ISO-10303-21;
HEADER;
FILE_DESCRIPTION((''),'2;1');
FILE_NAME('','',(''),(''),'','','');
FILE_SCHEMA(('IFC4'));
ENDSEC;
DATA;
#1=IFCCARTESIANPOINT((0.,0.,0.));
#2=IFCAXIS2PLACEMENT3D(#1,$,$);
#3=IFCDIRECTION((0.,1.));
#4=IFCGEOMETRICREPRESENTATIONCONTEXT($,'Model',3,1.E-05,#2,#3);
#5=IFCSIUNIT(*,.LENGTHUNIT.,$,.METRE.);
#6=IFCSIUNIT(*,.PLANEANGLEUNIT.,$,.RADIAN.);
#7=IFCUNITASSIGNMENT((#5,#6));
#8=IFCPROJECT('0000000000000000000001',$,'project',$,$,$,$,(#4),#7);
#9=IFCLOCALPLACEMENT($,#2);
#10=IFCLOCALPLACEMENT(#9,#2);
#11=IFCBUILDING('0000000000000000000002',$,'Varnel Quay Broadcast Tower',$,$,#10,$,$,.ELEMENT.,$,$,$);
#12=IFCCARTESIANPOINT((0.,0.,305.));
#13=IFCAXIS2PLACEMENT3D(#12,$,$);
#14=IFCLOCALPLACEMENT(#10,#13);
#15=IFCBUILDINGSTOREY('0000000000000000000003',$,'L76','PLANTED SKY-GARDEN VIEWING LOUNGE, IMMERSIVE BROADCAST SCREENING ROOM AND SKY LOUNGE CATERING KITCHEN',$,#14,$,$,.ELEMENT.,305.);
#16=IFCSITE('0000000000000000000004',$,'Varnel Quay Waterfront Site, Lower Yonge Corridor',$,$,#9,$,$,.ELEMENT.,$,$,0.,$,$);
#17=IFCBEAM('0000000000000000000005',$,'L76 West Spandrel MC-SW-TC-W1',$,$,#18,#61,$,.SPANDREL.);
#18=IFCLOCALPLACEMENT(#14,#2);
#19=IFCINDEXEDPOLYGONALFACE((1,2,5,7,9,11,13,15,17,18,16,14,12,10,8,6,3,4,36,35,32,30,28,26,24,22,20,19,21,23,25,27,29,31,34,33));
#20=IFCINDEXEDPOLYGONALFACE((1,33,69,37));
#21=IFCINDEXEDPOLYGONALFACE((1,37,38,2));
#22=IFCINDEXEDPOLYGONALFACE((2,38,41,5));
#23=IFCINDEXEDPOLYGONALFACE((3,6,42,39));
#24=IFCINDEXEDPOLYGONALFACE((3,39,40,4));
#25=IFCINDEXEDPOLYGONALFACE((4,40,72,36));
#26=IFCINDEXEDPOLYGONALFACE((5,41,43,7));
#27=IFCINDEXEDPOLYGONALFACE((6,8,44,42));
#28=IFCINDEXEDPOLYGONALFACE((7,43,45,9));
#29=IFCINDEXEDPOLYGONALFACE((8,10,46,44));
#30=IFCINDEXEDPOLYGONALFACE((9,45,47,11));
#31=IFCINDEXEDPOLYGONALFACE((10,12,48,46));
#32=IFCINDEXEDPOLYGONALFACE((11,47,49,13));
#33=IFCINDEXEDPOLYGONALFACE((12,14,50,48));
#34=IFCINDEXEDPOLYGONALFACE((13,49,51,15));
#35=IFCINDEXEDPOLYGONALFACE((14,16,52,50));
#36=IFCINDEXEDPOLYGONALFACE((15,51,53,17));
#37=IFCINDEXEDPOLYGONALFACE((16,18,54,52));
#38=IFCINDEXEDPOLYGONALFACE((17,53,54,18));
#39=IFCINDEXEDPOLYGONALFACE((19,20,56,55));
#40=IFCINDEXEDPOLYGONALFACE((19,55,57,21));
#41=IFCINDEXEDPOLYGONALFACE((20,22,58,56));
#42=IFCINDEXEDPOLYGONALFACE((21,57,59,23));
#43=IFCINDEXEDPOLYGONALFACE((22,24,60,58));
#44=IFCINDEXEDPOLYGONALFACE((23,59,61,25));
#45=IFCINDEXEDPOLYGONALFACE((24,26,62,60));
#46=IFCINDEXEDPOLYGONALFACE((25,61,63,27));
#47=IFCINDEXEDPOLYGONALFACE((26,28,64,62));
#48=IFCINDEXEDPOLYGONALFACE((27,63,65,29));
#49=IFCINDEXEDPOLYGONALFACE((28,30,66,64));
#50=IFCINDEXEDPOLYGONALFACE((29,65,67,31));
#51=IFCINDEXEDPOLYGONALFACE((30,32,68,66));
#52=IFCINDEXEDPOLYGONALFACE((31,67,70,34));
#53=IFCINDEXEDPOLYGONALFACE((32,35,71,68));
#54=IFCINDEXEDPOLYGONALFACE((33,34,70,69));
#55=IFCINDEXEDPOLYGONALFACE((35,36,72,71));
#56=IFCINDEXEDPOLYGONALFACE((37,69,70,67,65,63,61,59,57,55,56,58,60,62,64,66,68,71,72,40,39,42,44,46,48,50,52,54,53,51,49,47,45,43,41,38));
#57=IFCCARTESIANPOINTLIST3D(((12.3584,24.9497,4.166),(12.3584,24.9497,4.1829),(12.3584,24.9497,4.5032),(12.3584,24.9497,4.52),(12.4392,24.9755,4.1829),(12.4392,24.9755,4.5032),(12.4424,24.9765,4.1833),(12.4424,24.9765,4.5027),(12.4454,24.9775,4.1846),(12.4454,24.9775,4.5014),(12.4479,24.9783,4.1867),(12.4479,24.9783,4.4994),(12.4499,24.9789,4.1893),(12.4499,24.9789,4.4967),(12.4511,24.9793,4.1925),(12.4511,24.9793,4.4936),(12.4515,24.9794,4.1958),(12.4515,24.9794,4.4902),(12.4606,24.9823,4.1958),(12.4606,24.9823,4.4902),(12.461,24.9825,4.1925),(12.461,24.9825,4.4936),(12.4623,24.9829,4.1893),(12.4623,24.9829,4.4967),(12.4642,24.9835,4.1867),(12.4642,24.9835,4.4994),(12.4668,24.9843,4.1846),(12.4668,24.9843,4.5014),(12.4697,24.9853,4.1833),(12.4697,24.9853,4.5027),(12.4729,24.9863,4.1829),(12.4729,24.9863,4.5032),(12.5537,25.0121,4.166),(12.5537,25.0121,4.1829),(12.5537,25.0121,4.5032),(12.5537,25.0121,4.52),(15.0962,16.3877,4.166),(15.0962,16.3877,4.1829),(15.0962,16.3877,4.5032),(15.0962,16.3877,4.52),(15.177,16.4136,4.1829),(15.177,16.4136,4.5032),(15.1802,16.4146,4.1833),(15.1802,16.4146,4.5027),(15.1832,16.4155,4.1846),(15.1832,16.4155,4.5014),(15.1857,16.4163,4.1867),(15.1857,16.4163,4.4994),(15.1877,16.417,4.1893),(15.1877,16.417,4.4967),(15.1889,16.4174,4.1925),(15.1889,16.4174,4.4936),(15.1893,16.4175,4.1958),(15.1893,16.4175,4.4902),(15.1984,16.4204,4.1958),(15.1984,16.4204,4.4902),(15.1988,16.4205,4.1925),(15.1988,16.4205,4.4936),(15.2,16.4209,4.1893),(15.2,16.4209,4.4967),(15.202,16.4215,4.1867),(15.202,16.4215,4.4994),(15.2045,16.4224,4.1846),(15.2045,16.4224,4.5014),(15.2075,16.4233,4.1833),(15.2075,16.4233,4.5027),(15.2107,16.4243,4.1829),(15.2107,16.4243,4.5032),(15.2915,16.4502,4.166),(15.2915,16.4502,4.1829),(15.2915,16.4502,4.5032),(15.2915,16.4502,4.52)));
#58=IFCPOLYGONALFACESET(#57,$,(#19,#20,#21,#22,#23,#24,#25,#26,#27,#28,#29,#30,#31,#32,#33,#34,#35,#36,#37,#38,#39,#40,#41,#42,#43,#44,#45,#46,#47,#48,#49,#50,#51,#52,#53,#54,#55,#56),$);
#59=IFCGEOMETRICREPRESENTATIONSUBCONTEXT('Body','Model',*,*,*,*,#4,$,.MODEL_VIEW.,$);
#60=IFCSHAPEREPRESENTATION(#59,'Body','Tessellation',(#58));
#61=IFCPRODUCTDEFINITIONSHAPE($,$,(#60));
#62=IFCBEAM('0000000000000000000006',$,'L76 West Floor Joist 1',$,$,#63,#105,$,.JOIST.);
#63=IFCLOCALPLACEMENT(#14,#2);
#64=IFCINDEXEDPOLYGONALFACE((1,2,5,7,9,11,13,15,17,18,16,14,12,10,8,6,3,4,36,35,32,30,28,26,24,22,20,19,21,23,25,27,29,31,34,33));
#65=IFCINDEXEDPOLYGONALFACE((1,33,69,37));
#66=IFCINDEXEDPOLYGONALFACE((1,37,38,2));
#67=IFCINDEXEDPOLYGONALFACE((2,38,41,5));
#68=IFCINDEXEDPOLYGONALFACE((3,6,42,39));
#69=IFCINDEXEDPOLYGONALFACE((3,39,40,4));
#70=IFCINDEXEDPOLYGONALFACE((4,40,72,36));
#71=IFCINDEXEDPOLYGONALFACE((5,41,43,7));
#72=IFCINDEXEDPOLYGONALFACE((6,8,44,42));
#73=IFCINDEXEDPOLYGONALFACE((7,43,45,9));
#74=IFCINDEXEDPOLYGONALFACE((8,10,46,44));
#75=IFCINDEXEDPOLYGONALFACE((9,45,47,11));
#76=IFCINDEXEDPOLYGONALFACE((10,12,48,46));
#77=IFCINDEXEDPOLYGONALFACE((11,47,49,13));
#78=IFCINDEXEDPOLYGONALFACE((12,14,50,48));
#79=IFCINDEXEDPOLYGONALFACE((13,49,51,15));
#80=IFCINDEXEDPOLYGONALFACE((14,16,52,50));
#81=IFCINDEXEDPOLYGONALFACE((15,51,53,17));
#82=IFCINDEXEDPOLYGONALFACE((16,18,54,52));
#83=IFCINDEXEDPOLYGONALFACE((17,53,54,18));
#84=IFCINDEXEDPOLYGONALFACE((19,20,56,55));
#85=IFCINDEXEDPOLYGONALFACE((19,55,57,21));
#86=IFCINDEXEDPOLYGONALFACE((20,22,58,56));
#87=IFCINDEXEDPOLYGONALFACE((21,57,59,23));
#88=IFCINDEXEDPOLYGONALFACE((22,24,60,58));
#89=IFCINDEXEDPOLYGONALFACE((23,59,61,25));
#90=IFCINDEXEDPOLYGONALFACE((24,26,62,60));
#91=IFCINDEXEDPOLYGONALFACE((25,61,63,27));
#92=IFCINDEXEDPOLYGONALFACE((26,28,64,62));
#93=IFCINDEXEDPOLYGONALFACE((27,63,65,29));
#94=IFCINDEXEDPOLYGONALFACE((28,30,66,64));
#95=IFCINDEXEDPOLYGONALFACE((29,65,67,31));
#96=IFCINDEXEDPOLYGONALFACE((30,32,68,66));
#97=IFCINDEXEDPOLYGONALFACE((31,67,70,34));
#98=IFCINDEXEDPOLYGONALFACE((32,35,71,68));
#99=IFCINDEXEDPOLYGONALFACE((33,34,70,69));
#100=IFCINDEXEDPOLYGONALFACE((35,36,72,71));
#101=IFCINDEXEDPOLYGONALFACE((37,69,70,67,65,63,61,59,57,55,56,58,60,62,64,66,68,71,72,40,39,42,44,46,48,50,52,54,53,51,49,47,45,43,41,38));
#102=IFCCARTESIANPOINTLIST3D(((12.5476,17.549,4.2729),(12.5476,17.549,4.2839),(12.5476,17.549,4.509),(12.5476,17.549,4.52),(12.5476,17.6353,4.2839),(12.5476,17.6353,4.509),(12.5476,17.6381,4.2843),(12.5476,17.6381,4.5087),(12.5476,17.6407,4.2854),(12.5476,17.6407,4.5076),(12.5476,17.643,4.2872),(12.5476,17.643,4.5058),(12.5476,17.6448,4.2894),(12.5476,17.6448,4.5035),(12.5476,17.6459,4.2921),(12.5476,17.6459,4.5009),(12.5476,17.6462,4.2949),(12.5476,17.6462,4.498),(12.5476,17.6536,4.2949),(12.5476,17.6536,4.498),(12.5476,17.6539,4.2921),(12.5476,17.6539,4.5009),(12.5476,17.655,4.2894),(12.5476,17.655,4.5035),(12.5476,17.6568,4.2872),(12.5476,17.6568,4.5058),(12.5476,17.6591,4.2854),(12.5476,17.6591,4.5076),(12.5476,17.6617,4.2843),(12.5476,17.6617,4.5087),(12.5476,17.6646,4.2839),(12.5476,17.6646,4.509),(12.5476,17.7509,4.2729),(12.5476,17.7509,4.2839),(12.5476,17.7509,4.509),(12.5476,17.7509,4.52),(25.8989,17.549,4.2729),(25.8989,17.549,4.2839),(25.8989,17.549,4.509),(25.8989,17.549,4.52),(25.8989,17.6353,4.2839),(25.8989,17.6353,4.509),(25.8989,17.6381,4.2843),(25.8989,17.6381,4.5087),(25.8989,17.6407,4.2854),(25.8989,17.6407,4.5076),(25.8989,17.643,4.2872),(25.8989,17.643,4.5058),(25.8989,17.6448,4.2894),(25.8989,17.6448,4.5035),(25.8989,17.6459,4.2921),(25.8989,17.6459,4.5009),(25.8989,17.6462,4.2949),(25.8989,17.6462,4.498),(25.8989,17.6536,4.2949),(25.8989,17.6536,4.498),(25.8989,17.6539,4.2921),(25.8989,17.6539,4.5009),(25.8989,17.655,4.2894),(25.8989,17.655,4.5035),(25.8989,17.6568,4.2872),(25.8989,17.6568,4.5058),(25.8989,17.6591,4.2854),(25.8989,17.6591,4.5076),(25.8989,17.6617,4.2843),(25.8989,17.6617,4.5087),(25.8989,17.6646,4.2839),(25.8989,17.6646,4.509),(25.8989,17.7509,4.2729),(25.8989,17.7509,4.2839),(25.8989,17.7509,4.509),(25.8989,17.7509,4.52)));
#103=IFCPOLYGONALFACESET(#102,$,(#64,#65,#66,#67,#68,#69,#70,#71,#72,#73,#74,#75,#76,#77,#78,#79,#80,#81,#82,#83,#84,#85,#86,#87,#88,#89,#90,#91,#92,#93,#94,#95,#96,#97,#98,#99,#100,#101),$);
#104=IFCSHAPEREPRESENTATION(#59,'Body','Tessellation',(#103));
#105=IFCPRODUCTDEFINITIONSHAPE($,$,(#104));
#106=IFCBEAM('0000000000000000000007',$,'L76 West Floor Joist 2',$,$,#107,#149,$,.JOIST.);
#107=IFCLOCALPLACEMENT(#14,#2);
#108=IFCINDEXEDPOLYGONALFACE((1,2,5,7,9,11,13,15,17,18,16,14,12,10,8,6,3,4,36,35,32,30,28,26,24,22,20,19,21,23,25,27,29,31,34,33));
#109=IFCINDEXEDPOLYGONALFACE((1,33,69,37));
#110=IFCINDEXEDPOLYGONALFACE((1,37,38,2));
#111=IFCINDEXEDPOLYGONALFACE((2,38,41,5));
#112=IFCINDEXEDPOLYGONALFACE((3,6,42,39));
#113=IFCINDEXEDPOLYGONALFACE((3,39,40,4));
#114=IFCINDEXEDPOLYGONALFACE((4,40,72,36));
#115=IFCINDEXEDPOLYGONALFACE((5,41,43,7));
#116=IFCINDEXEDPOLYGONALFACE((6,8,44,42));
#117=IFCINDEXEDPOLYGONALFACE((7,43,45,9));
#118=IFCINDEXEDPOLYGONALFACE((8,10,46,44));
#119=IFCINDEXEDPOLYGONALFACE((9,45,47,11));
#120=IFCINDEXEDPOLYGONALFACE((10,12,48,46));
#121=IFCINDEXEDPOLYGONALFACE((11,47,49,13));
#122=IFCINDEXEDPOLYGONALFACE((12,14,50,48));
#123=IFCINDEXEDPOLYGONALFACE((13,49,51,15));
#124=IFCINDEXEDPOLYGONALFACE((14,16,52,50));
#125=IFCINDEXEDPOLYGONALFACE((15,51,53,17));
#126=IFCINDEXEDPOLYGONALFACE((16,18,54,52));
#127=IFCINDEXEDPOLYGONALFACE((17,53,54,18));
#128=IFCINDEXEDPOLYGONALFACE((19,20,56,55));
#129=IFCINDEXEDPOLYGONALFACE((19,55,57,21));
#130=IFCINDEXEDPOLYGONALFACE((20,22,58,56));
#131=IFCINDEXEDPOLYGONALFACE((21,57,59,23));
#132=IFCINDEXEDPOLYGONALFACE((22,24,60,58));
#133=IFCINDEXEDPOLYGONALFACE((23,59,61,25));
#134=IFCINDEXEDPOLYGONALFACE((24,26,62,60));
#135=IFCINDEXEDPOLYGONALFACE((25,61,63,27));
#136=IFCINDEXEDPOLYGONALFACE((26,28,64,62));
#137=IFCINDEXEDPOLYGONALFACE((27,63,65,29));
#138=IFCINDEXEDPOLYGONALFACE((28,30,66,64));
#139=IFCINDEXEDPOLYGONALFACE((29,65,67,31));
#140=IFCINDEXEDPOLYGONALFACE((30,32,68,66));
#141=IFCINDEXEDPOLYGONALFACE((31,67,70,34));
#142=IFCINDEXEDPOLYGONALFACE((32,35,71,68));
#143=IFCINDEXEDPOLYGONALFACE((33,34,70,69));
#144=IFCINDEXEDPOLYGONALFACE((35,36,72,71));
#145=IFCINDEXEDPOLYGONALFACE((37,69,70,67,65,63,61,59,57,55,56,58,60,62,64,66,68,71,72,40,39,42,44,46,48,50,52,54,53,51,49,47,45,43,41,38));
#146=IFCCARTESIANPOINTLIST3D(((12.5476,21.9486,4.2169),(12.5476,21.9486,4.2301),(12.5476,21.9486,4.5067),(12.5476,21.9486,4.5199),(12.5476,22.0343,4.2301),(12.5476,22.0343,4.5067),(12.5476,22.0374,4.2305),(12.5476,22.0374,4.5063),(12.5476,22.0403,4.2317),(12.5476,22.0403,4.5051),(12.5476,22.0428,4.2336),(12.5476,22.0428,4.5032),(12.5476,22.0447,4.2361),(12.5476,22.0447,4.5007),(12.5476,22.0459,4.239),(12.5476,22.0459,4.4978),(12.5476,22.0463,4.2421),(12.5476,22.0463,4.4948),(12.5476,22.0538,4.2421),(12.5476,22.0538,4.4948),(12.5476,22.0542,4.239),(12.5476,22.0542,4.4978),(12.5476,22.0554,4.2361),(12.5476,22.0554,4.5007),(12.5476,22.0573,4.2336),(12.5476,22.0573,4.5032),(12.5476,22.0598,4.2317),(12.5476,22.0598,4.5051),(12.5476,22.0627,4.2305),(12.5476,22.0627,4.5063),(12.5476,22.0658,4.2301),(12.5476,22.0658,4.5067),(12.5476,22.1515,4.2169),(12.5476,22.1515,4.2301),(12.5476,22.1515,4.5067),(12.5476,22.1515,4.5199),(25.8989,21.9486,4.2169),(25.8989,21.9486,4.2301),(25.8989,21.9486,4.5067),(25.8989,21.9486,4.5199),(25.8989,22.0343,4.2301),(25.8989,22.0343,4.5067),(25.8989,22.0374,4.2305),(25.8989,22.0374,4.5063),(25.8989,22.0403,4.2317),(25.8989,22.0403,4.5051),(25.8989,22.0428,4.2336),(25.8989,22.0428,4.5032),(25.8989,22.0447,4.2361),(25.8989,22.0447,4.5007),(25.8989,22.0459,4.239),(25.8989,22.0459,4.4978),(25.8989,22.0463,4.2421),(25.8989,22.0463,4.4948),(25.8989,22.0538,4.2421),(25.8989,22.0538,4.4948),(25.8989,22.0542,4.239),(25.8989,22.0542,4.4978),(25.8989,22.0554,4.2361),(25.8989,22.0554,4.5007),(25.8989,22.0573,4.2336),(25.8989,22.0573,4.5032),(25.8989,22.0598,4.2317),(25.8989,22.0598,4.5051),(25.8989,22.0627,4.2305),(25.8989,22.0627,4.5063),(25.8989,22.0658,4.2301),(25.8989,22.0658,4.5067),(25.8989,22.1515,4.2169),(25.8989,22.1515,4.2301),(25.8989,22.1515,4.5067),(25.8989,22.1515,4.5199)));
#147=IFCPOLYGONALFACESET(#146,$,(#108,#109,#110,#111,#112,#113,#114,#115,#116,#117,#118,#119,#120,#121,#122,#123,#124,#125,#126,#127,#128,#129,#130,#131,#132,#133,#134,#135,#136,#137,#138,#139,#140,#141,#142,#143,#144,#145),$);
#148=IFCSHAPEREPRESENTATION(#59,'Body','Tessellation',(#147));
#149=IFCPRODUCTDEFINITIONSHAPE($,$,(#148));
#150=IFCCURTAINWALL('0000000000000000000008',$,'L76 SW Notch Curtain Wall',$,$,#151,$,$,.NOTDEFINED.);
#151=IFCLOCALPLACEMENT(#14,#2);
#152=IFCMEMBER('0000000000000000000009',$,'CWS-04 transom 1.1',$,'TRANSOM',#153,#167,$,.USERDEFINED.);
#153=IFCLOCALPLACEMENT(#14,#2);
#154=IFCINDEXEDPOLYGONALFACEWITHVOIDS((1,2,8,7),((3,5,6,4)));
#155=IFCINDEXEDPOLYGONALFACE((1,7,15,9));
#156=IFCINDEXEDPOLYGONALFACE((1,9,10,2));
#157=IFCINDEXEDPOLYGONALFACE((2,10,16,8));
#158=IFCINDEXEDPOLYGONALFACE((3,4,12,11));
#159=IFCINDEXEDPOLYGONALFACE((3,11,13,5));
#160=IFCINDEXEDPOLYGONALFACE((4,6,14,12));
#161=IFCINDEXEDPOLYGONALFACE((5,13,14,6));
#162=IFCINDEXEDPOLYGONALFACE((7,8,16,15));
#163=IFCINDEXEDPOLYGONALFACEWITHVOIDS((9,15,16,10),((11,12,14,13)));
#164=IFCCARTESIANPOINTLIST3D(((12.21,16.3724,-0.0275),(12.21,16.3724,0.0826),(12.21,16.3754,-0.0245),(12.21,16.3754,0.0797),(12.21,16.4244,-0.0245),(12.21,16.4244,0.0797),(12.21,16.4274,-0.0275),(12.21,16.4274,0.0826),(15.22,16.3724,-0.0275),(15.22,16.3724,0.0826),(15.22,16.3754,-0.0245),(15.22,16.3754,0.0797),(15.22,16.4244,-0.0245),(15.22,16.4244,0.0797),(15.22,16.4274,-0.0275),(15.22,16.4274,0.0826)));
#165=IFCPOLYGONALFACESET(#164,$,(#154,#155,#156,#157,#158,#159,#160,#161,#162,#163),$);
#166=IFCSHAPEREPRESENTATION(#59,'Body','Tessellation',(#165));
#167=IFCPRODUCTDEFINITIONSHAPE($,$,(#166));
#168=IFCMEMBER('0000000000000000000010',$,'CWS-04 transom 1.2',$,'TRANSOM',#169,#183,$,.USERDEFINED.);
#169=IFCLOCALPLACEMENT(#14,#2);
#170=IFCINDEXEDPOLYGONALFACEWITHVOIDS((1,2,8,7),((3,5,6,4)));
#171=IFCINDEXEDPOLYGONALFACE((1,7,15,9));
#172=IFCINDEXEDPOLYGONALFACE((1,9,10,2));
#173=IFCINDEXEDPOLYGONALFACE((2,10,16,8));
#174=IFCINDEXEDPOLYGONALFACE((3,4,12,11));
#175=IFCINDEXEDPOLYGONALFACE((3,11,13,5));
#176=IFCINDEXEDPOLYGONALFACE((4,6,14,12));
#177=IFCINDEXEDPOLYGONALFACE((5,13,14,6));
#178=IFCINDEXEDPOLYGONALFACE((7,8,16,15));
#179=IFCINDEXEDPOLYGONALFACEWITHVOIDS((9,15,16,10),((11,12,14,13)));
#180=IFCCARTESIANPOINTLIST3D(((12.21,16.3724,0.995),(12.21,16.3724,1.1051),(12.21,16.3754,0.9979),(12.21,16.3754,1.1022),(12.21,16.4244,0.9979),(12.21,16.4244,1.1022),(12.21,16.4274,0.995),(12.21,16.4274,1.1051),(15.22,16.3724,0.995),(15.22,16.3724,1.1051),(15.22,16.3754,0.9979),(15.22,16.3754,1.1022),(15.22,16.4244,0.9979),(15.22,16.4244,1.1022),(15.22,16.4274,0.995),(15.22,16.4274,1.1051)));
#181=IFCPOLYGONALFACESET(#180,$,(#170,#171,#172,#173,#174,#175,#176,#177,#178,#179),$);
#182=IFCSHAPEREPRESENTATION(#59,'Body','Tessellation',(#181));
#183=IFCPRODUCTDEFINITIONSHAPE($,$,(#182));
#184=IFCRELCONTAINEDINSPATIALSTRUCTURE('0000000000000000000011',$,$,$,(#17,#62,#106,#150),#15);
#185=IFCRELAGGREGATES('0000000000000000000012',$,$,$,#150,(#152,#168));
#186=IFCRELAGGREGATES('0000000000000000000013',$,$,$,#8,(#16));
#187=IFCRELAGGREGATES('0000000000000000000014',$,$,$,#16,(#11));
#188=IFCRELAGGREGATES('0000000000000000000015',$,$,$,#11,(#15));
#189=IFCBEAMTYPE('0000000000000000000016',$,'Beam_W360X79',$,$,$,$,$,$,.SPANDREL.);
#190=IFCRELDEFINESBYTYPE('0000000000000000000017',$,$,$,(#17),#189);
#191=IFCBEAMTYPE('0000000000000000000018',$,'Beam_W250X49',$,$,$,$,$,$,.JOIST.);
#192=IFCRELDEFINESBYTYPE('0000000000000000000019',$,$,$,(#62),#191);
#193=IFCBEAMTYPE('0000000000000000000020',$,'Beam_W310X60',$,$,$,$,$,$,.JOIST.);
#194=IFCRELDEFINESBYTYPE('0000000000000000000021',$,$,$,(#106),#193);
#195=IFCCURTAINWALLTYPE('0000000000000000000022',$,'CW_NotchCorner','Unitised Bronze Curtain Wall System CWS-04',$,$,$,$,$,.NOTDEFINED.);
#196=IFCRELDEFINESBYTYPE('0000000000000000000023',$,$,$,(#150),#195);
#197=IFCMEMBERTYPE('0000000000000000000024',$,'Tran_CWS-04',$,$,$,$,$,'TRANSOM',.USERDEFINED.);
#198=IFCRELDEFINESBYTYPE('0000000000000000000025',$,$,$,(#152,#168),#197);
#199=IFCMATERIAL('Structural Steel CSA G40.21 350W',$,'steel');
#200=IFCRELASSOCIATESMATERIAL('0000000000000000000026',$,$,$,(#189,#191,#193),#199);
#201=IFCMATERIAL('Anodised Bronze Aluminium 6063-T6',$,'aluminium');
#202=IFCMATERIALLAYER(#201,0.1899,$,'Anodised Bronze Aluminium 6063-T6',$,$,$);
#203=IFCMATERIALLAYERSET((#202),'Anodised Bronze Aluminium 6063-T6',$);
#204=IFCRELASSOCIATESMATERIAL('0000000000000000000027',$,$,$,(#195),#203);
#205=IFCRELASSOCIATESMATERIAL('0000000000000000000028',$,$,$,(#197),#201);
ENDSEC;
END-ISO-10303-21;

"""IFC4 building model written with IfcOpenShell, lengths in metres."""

from ifc_helpers import new_model, si_unit, direction, frame, origin, origin_2d, place, context, subcontext, project, spatial, hollow_rectangle, i_section, extrude, source, transform, mapped, material, layer, layer_set, material_profile, profile_set, type_object, type_shapes, element, aggregate, save


model = new_model("IFC4")

# Units and contexts
model_context = context("Model", 3, precision=1e-05, world=origin(), true_north=direction((0.0, 1.0)))
body_context = subcontext(model_context, "Body", "Model", "MODEL_VIEW")
ifc_project = project(units=[si_unit("LENGTHUNIT", "METRE"), si_unit("PLANEANGLEUNIT", "RADIAN")], contexts=[model_context])

# Site, building, storey
site_placement = place(None, origin())
site = spatial("IfcSite", under=ifc_project, at=site_placement, Name="Varnel Quay Waterfront Site, Lower Yonge Corridor", CompositionType="ELEMENT", RefElevation=0.0)
building_placement = place(site_placement, origin())
building = spatial("IfcBuilding", under=site, at=building_placement, Name="Varnel Quay Broadcast Tower", CompositionType="ELEMENT")
storey_placement = place(building_placement, frame((0.0, 0.0, 305.0)))
storey = spatial("IfcBuildingStorey", under=building, at=storey_placement, Name="L76", Description="PLANTED SKY-GARDEN VIEWING LOUNGE, IMMERSIVE BROADCAST SCREENING ROOM AND SKY LOUNGE CATERING KITCHEN", CompositionType="ELEMENT", Elevation=305.0)

# Beams
ifc_material_1 = material(Name="Structural Steel CSA G40.21 350W", Category="steel")
ifc_material_profile_1 = material_profile(ifc_material_1, i_section(OverallWidth=0.2051, OverallDepth=0.354, WebThickness=0.0095, FlangeThickness=0.0168, FilletRadius=0.0129, at=origin_2d()), Name="W360X79")
ifc_profile_set_1 = profile_set([ifc_material_profile_1], Name="Structural Steel CSA G40.21 350W")
beam_type_1 = type_object("IfcBeamType", Name="Beam_W360X79", PredefinedType="SPANDREL", material=ifc_profile_set_1)
shared_shape_1 = source(origin(), body_context, "Body", "SweptSolid", [
    extrude(i_section(OverallWidth=0.2051, OverallDepth=0.354, WebThickness=0.0095, FlangeThickness=0.0168, FilletRadius=0.0129, at=origin_2d()), origin(), (0.0, 0.0, 1.0), 8.989),
])
type_shapes(beam_type_1, [shared_shape_1])
beam_1_placement = place(storey_placement, frame((15.1938, 16.4189, 4.343), z_axis=(-0.304569, 0.95249, 0.0), x_axis=(-0.95249, -0.304569, 0.0)))
element("IfcBeam", 1, at=beam_1_placement, inside=storey, type_object=beam_type_1, Name="L76 West Spandrel MC-SW-TC-W1", PredefinedType="SPANDREL", context=body_context, shape_type="MappedRepresentation", body=[
    mapped(shared_shape_1, transform((0.0, 0.0, 0.0), x_axis=(1.0, 0.0, 0.0), y_axis=(0.0, 1.0, 0.0), z_axis=(0.0, 0.0, 1.0), scale=1.0)),
])
ifc_material_profile_2 = material_profile(ifc_material_1, i_section(OverallWidth=0.2019, OverallDepth=0.2471, WebThickness=0.0073, FlangeThickness=0.011, FilletRadius=0.011, at=origin_2d()), Name="W250X49")
ifc_profile_set_2 = profile_set([ifc_material_profile_2], Name="Structural Steel CSA G40.21 350W")
beam_type_2 = type_object("IfcBeamType", Name="Beam_W250X49", PredefinedType="JOIST", material=ifc_profile_set_2)
shared_shape_2 = source(origin(), body_context, "Body", "SweptSolid", [
    extrude(i_section(OverallWidth=0.2019, OverallDepth=0.2471, WebThickness=0.0073, FlangeThickness=0.011, FilletRadius=0.011, at=origin_2d()), origin(), (0.0, 0.0, 1.0), 13.3513),
])
type_shapes(beam_type_2, [shared_shape_2])
beam_2_placement = place(storey_placement, frame((12.5476, 17.6499, 4.3965), z_axis=(1.0, 0.0, 0.0), x_axis=(0.0, 1.0, 0.0)))
element("IfcBeam", 2, at=beam_2_placement, inside=storey, type_object=beam_type_2, Name="L76 West Floor Joist 1", PredefinedType="JOIST", context=body_context, shape_type="MappedRepresentation", body=[
    mapped(shared_shape_2, transform((0.0, 0.0, 0.0), x_axis=(1.0, 0.0, 0.0), y_axis=(0.0, 1.0, 0.0), z_axis=(0.0, 0.0, 1.0), scale=1.0)),
])
ifc_material_profile_3 = material_profile(ifc_material_1, i_section(OverallWidth=0.2029, OverallDepth=0.303, WebThickness=0.0076, FlangeThickness=0.0132, FilletRadius=0.012, at=origin_2d()), Name="W310X60")
ifc_profile_set_3 = profile_set([ifc_material_profile_3], Name="Structural Steel CSA G40.21 350W")
beam_type_3 = type_object("IfcBeamType", Name="Beam_W310X60", PredefinedType="JOIST", material=ifc_profile_set_3)
shared_shape_3 = source(origin(), body_context, "Body", "SweptSolid", [
    extrude(i_section(OverallWidth=0.2029, OverallDepth=0.303, WebThickness=0.0076, FlangeThickness=0.0132, FilletRadius=0.012, at=origin_2d()), origin(), (0.0, 0.0, 1.0), 13.3513),
])
type_shapes(beam_type_3, [shared_shape_3])
beam_3_placement = place(storey_placement, frame((12.5476, 22.05, 4.3684), z_axis=(1.0, 0.0, 0.0), x_axis=(0.0, 1.0, 0.0)))
element("IfcBeam", 3, at=beam_3_placement, inside=storey, type_object=beam_type_3, Name="L76 West Floor Joist 2", PredefinedType="JOIST", context=body_context, shape_type="MappedRepresentation", body=[
    mapped(shared_shape_3, transform((0.0, 0.0, 0.0), x_axis=(1.0, 0.0, 0.0), y_axis=(0.0, 1.0, 0.0), z_axis=(0.0, 0.0, 1.0), scale=1.0)),
])

# Curtain wall, members
ifc_material_2 = material(Name="Anodised Bronze Aluminium 6063-T6", Category="aluminium")
ifc_layer_1 = layer(ifc_material_2, 0.1899, Name="Anodised Bronze Aluminium 6063-T6")
ifc_layer_set_1 = layer_set([ifc_layer_1], Name="Anodised Bronze Aluminium 6063-T6")
curtain_wall_type_1 = type_object("IfcCurtainWallType", Name="CW_NotchCorner", Description="Unitised Bronze Curtain Wall System CWS-04", PredefinedType="NOTDEFINED", material=ifc_layer_set_1)
curtain_wall_1_placement = place(storey_placement, origin())
curtain_wall_1 = element("IfcCurtainWall", 4, at=curtain_wall_1_placement, inside=storey, type_object=curtain_wall_type_1, Name="L76 SW Notch Curtain Wall", PredefinedType="NOTDEFINED")
ifc_material_profile_4 = material_profile(ifc_material_2, hollow_rectangle(XDim=0.0549, YDim=0.1101, WallThickness=0.0029, at=origin_2d()), Name="ALU55X110X3")
ifc_profile_set_4 = profile_set([ifc_material_profile_4], Name="Anodised Bronze Aluminium 6063-T6")
member_type_1 = type_object("IfcMemberType", Name="Tran_CWS-04", ElementType="TRANSOM", PredefinedType="USERDEFINED", material=ifc_profile_set_4)
shared_shape_4 = source(origin(), body_context, "Body", "SweptSolid", [
    extrude(hollow_rectangle(XDim=0.0549, YDim=0.1101, WallThickness=0.0029, at=origin_2d()), origin(), (0.0, 0.0, 1.0), 3.01),
])
type_shapes(member_type_1, [shared_shape_4])
member_1_placement = place(storey_placement, frame((12.21, 16.3999, 0.0276), z_axis=(1.0, 0.0, 0.0), x_axis=(0.0, 1.0, 0.0)))
member_1 = element("IfcMember", 5, at=member_1_placement, type_object=member_type_1, Name="CWS-04 transom 1.1", ObjectType="TRANSOM", PredefinedType="USERDEFINED", context=body_context, shape_type="MappedRepresentation", body=[
    mapped(shared_shape_4, transform((0.0, 0.0, 0.0), x_axis=(1.0, 0.0, 0.0), y_axis=(0.0, 1.0, 0.0), z_axis=(0.0, 0.0, 1.0), scale=1.0)),
])
member_2_placement = place(storey_placement, frame((12.21, 16.3999, 1.05), z_axis=(1.0, 0.0, 0.0), x_axis=(0.0, 1.0, 0.0)))
member_2 = element("IfcMember", 6, at=member_2_placement, type_object=member_type_1, Name="CWS-04 transom 1.2", ObjectType="TRANSOM", PredefinedType="USERDEFINED", context=body_context, shape_type="MappedRepresentation", body=[
    mapped(shared_shape_4, transform((0.0, 0.0, 0.0), x_axis=(1.0, 0.0, 0.0), y_axis=(0.0, 1.0, 0.0), z_axis=(0.0, 0.0, 1.0), scale=1.0)),
])

aggregate(curtain_wall_1, [member_1, member_2])

save(model, "model.ifc")
